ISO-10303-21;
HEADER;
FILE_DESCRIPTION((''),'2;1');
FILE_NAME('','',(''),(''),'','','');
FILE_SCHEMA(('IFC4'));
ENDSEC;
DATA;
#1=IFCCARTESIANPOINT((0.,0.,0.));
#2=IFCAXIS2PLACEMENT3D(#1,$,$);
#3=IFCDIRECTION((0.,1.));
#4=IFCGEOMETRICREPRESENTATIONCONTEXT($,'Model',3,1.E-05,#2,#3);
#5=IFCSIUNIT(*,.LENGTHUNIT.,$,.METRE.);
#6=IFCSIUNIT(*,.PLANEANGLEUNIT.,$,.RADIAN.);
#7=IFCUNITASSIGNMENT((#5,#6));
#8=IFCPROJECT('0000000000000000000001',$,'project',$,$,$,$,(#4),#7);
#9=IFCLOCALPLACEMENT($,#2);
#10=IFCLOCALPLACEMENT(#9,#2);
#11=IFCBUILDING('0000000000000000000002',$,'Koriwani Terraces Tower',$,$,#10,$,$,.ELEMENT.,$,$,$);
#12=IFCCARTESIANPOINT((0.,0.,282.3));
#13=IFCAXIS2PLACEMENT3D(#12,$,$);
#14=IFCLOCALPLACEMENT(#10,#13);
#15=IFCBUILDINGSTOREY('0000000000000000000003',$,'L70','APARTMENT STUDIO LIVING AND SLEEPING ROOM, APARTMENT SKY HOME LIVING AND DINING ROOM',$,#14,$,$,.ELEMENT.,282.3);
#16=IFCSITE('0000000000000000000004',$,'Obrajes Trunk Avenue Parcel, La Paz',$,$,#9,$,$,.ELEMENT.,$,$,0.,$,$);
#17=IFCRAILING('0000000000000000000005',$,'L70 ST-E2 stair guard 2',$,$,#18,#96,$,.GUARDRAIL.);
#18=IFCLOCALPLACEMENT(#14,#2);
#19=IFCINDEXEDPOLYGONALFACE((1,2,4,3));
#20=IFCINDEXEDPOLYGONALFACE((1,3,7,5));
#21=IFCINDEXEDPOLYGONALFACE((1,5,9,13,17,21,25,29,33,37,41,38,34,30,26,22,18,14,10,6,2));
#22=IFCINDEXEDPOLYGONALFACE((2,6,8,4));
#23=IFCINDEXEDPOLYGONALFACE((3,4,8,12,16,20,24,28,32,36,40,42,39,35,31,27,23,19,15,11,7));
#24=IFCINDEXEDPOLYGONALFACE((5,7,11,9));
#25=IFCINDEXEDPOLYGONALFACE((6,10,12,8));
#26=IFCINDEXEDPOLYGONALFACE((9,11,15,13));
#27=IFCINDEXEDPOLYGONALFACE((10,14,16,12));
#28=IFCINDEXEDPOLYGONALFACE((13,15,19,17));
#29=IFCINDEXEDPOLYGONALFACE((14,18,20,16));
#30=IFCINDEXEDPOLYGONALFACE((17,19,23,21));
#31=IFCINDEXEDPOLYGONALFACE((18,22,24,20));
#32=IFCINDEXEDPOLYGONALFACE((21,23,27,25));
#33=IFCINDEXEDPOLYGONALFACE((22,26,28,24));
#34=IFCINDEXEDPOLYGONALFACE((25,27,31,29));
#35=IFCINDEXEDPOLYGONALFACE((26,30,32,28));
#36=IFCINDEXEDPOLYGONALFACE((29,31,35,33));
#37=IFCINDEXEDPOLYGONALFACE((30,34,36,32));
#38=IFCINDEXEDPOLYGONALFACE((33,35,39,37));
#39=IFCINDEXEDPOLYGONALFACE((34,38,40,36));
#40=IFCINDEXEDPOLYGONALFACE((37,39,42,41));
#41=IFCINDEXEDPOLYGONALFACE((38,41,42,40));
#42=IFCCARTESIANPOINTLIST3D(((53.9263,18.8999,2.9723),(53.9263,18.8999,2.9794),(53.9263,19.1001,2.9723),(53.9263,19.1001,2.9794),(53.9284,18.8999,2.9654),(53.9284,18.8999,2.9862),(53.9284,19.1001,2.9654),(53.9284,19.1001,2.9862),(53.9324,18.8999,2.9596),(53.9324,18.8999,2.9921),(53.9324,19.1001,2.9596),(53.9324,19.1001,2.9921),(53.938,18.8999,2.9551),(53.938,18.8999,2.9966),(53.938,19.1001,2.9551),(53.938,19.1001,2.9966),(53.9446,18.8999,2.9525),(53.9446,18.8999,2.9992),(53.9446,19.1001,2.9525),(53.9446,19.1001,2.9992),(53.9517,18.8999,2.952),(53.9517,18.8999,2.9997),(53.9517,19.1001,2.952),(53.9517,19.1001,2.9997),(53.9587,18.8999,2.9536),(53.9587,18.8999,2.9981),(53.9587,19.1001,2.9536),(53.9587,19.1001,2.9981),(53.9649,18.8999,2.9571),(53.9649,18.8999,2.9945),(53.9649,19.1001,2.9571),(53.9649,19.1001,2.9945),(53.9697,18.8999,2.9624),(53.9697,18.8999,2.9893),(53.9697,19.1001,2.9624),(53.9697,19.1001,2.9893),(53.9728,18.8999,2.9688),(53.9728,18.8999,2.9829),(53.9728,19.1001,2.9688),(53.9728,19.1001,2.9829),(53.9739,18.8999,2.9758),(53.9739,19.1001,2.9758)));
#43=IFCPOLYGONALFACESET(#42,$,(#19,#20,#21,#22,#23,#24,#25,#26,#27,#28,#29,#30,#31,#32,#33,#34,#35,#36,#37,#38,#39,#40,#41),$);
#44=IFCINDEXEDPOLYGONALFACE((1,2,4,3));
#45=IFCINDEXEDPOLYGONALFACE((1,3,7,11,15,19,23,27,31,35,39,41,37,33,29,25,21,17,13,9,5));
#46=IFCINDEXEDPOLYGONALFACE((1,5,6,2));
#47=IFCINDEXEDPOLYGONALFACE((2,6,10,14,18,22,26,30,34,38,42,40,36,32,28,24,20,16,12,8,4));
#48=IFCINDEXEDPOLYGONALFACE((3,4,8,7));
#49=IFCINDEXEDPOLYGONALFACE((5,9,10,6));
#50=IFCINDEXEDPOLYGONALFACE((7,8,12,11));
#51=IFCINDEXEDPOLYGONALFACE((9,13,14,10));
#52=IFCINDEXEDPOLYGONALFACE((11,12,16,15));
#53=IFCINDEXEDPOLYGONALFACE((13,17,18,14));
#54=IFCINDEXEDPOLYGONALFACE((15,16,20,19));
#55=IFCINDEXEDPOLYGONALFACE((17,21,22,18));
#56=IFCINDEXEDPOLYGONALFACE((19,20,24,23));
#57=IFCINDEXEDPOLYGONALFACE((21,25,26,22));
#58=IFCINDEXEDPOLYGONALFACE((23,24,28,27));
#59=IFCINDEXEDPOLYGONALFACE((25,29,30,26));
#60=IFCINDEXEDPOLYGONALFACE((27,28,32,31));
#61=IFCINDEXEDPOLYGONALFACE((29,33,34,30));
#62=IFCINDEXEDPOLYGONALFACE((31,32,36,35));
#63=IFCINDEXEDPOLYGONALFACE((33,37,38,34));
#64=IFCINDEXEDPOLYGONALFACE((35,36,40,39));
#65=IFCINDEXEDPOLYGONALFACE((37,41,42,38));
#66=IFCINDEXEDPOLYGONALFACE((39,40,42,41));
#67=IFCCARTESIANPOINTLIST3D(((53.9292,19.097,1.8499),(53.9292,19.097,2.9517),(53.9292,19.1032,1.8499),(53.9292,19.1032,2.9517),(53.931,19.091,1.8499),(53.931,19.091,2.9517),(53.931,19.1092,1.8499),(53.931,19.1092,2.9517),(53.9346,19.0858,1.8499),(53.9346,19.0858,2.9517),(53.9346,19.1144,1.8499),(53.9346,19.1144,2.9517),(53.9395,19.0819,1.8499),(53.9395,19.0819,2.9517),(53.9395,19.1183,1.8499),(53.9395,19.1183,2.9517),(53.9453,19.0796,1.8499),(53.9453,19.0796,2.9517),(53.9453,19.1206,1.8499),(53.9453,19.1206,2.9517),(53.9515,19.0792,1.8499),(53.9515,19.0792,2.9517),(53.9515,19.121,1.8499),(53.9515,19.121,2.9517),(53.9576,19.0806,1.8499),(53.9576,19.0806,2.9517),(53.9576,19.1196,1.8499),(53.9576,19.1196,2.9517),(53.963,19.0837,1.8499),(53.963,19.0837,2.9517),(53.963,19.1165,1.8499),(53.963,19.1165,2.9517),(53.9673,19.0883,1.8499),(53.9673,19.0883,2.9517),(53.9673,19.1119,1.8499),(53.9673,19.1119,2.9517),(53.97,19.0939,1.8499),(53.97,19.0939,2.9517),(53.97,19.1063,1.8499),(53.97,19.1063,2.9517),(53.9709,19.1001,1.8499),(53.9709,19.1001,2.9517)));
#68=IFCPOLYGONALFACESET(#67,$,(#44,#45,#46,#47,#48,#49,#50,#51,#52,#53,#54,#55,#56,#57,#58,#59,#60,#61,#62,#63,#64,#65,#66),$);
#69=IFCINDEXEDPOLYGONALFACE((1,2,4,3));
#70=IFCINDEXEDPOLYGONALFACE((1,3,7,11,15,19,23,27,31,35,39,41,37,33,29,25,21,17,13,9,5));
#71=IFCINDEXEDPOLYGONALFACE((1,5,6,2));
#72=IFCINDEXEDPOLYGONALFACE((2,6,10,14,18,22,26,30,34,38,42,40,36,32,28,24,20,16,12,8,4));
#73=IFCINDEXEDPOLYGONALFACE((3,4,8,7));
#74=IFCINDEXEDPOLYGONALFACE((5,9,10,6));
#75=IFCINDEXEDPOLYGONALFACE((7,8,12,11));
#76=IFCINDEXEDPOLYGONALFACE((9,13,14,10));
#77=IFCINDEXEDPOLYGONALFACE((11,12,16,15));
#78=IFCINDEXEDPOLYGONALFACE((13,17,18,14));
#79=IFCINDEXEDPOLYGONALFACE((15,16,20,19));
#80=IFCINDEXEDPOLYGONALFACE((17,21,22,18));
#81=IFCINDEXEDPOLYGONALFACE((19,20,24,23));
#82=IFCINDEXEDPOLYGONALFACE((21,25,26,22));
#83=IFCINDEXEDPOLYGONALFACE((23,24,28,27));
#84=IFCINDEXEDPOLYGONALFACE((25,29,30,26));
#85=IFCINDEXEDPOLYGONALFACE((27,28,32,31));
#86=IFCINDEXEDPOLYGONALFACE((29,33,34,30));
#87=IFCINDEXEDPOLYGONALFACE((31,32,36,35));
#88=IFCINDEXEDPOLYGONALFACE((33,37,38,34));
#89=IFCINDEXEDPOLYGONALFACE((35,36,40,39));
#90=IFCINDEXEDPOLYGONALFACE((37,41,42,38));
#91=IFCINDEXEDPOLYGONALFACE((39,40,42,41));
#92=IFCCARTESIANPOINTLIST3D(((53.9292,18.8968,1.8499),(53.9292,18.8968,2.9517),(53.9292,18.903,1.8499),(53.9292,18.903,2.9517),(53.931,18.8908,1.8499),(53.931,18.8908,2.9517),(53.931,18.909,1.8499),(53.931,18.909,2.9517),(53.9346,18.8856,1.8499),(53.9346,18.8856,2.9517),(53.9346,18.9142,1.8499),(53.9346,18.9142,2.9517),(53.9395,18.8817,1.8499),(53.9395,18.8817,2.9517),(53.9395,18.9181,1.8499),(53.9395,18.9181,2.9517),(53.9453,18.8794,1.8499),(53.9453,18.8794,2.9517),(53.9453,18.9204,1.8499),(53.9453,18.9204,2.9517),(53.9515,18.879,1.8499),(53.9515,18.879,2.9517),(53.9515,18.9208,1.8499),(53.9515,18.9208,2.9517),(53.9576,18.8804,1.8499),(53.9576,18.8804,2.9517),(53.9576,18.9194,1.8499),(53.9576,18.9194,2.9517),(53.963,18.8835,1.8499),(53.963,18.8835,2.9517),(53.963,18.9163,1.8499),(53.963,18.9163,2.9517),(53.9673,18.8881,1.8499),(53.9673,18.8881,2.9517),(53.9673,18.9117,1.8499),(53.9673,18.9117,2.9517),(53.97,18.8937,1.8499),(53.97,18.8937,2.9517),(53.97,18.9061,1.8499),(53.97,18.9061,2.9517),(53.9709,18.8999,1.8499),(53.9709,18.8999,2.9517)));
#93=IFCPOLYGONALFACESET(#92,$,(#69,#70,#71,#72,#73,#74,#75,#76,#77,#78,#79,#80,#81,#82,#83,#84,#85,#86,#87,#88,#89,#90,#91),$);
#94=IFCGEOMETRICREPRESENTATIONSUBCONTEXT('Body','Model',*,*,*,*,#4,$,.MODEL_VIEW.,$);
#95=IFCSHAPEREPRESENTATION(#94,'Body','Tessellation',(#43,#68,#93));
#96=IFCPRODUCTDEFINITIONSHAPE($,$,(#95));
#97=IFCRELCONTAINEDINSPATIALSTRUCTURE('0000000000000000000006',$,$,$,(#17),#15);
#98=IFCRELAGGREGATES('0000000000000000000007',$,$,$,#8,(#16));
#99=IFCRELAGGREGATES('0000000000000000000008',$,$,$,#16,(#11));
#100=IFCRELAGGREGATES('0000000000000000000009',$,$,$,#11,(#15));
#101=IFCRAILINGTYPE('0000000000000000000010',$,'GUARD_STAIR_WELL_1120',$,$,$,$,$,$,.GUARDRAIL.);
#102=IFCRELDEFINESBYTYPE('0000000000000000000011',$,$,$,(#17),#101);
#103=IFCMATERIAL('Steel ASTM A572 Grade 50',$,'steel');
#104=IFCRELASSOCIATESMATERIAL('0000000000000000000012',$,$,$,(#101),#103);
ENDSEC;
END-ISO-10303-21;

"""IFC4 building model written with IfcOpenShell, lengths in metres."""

from ifc_helpers import new_model, si_unit, direction, frame, origin, origin_2d, place, context, subcontext, project, spatial, circle, extrude, material, type_object, element, save


model = new_model("IFC4")

# Units and contexts
model_context = context("Model", 3, precision=1e-05, world=origin(), true_north=direction((0.0, 1.0)))
body_context = subcontext(model_context, "Body", "Model", "MODEL_VIEW")
ifc_project = project(units=[si_unit("LENGTHUNIT", "METRE"), si_unit("PLANEANGLEUNIT", "RADIAN")], contexts=[model_context])

# Site, building, storey
site_placement = place(None, origin())
site = spatial("IfcSite", under=ifc_project, at=site_placement, Name="Obrajes Trunk Avenue Parcel, La Paz", CompositionType="ELEMENT", RefElevation=0.0)
building_placement = place(site_placement, origin())
building = spatial("IfcBuilding", under=site, at=building_placement, Name="Koriwani Terraces Tower", CompositionType="ELEMENT")
storey_placement = place(building_placement, frame((0.0, 0.0, 282.3)))
storey = spatial("IfcBuildingStorey", under=building, at=storey_placement, Name="L70", Description="APARTMENT STUDIO LIVING AND SLEEPING ROOM, APARTMENT SKY HOME LIVING AND DINING ROOM", CompositionType="ELEMENT", Elevation=282.3)

# Shared definitions
ifc_material_1 = material(Name="Steel ASTM A572 Grade 50", Category="steel")

# Railing
railing_type_1 = type_object("IfcRailingType", Name="GUARD_STAIR_WELL_1120", PredefinedType="GUARDRAIL", material=ifc_material_1)
railing_1_placement = place(storey_placement, frame((53.95, 19.1001, 1.8499)))
element("IfcRailing", 1, at=railing_1_placement, inside=storey, type_object=railing_type_1, Name="L70 ST-E2 stair guard 2", PredefinedType="GUARDRAIL", context=body_context, shape_type="SweptSolid", body=[
    extrude(circle(Radius=0.0239, at=origin_2d()), frame((0.0, 0.0, 1.126), z_axis=(0.0, -1.0, 0.0), x_axis=(1.0, 0.0, 0.0)), (0.0, 0.0, 1.0), 0.2002),
    extrude(circle(Radius=0.021, at=origin_2d()), origin(), (0.0, 0.0, 1.0), 1.1018),
    extrude(circle(Radius=0.021, at=origin_2d()), frame((0.0, -0.2002, 0.0)), (0.0, 0.0, 1.0), 1.1018),
])

save(model, "model.ifc")
